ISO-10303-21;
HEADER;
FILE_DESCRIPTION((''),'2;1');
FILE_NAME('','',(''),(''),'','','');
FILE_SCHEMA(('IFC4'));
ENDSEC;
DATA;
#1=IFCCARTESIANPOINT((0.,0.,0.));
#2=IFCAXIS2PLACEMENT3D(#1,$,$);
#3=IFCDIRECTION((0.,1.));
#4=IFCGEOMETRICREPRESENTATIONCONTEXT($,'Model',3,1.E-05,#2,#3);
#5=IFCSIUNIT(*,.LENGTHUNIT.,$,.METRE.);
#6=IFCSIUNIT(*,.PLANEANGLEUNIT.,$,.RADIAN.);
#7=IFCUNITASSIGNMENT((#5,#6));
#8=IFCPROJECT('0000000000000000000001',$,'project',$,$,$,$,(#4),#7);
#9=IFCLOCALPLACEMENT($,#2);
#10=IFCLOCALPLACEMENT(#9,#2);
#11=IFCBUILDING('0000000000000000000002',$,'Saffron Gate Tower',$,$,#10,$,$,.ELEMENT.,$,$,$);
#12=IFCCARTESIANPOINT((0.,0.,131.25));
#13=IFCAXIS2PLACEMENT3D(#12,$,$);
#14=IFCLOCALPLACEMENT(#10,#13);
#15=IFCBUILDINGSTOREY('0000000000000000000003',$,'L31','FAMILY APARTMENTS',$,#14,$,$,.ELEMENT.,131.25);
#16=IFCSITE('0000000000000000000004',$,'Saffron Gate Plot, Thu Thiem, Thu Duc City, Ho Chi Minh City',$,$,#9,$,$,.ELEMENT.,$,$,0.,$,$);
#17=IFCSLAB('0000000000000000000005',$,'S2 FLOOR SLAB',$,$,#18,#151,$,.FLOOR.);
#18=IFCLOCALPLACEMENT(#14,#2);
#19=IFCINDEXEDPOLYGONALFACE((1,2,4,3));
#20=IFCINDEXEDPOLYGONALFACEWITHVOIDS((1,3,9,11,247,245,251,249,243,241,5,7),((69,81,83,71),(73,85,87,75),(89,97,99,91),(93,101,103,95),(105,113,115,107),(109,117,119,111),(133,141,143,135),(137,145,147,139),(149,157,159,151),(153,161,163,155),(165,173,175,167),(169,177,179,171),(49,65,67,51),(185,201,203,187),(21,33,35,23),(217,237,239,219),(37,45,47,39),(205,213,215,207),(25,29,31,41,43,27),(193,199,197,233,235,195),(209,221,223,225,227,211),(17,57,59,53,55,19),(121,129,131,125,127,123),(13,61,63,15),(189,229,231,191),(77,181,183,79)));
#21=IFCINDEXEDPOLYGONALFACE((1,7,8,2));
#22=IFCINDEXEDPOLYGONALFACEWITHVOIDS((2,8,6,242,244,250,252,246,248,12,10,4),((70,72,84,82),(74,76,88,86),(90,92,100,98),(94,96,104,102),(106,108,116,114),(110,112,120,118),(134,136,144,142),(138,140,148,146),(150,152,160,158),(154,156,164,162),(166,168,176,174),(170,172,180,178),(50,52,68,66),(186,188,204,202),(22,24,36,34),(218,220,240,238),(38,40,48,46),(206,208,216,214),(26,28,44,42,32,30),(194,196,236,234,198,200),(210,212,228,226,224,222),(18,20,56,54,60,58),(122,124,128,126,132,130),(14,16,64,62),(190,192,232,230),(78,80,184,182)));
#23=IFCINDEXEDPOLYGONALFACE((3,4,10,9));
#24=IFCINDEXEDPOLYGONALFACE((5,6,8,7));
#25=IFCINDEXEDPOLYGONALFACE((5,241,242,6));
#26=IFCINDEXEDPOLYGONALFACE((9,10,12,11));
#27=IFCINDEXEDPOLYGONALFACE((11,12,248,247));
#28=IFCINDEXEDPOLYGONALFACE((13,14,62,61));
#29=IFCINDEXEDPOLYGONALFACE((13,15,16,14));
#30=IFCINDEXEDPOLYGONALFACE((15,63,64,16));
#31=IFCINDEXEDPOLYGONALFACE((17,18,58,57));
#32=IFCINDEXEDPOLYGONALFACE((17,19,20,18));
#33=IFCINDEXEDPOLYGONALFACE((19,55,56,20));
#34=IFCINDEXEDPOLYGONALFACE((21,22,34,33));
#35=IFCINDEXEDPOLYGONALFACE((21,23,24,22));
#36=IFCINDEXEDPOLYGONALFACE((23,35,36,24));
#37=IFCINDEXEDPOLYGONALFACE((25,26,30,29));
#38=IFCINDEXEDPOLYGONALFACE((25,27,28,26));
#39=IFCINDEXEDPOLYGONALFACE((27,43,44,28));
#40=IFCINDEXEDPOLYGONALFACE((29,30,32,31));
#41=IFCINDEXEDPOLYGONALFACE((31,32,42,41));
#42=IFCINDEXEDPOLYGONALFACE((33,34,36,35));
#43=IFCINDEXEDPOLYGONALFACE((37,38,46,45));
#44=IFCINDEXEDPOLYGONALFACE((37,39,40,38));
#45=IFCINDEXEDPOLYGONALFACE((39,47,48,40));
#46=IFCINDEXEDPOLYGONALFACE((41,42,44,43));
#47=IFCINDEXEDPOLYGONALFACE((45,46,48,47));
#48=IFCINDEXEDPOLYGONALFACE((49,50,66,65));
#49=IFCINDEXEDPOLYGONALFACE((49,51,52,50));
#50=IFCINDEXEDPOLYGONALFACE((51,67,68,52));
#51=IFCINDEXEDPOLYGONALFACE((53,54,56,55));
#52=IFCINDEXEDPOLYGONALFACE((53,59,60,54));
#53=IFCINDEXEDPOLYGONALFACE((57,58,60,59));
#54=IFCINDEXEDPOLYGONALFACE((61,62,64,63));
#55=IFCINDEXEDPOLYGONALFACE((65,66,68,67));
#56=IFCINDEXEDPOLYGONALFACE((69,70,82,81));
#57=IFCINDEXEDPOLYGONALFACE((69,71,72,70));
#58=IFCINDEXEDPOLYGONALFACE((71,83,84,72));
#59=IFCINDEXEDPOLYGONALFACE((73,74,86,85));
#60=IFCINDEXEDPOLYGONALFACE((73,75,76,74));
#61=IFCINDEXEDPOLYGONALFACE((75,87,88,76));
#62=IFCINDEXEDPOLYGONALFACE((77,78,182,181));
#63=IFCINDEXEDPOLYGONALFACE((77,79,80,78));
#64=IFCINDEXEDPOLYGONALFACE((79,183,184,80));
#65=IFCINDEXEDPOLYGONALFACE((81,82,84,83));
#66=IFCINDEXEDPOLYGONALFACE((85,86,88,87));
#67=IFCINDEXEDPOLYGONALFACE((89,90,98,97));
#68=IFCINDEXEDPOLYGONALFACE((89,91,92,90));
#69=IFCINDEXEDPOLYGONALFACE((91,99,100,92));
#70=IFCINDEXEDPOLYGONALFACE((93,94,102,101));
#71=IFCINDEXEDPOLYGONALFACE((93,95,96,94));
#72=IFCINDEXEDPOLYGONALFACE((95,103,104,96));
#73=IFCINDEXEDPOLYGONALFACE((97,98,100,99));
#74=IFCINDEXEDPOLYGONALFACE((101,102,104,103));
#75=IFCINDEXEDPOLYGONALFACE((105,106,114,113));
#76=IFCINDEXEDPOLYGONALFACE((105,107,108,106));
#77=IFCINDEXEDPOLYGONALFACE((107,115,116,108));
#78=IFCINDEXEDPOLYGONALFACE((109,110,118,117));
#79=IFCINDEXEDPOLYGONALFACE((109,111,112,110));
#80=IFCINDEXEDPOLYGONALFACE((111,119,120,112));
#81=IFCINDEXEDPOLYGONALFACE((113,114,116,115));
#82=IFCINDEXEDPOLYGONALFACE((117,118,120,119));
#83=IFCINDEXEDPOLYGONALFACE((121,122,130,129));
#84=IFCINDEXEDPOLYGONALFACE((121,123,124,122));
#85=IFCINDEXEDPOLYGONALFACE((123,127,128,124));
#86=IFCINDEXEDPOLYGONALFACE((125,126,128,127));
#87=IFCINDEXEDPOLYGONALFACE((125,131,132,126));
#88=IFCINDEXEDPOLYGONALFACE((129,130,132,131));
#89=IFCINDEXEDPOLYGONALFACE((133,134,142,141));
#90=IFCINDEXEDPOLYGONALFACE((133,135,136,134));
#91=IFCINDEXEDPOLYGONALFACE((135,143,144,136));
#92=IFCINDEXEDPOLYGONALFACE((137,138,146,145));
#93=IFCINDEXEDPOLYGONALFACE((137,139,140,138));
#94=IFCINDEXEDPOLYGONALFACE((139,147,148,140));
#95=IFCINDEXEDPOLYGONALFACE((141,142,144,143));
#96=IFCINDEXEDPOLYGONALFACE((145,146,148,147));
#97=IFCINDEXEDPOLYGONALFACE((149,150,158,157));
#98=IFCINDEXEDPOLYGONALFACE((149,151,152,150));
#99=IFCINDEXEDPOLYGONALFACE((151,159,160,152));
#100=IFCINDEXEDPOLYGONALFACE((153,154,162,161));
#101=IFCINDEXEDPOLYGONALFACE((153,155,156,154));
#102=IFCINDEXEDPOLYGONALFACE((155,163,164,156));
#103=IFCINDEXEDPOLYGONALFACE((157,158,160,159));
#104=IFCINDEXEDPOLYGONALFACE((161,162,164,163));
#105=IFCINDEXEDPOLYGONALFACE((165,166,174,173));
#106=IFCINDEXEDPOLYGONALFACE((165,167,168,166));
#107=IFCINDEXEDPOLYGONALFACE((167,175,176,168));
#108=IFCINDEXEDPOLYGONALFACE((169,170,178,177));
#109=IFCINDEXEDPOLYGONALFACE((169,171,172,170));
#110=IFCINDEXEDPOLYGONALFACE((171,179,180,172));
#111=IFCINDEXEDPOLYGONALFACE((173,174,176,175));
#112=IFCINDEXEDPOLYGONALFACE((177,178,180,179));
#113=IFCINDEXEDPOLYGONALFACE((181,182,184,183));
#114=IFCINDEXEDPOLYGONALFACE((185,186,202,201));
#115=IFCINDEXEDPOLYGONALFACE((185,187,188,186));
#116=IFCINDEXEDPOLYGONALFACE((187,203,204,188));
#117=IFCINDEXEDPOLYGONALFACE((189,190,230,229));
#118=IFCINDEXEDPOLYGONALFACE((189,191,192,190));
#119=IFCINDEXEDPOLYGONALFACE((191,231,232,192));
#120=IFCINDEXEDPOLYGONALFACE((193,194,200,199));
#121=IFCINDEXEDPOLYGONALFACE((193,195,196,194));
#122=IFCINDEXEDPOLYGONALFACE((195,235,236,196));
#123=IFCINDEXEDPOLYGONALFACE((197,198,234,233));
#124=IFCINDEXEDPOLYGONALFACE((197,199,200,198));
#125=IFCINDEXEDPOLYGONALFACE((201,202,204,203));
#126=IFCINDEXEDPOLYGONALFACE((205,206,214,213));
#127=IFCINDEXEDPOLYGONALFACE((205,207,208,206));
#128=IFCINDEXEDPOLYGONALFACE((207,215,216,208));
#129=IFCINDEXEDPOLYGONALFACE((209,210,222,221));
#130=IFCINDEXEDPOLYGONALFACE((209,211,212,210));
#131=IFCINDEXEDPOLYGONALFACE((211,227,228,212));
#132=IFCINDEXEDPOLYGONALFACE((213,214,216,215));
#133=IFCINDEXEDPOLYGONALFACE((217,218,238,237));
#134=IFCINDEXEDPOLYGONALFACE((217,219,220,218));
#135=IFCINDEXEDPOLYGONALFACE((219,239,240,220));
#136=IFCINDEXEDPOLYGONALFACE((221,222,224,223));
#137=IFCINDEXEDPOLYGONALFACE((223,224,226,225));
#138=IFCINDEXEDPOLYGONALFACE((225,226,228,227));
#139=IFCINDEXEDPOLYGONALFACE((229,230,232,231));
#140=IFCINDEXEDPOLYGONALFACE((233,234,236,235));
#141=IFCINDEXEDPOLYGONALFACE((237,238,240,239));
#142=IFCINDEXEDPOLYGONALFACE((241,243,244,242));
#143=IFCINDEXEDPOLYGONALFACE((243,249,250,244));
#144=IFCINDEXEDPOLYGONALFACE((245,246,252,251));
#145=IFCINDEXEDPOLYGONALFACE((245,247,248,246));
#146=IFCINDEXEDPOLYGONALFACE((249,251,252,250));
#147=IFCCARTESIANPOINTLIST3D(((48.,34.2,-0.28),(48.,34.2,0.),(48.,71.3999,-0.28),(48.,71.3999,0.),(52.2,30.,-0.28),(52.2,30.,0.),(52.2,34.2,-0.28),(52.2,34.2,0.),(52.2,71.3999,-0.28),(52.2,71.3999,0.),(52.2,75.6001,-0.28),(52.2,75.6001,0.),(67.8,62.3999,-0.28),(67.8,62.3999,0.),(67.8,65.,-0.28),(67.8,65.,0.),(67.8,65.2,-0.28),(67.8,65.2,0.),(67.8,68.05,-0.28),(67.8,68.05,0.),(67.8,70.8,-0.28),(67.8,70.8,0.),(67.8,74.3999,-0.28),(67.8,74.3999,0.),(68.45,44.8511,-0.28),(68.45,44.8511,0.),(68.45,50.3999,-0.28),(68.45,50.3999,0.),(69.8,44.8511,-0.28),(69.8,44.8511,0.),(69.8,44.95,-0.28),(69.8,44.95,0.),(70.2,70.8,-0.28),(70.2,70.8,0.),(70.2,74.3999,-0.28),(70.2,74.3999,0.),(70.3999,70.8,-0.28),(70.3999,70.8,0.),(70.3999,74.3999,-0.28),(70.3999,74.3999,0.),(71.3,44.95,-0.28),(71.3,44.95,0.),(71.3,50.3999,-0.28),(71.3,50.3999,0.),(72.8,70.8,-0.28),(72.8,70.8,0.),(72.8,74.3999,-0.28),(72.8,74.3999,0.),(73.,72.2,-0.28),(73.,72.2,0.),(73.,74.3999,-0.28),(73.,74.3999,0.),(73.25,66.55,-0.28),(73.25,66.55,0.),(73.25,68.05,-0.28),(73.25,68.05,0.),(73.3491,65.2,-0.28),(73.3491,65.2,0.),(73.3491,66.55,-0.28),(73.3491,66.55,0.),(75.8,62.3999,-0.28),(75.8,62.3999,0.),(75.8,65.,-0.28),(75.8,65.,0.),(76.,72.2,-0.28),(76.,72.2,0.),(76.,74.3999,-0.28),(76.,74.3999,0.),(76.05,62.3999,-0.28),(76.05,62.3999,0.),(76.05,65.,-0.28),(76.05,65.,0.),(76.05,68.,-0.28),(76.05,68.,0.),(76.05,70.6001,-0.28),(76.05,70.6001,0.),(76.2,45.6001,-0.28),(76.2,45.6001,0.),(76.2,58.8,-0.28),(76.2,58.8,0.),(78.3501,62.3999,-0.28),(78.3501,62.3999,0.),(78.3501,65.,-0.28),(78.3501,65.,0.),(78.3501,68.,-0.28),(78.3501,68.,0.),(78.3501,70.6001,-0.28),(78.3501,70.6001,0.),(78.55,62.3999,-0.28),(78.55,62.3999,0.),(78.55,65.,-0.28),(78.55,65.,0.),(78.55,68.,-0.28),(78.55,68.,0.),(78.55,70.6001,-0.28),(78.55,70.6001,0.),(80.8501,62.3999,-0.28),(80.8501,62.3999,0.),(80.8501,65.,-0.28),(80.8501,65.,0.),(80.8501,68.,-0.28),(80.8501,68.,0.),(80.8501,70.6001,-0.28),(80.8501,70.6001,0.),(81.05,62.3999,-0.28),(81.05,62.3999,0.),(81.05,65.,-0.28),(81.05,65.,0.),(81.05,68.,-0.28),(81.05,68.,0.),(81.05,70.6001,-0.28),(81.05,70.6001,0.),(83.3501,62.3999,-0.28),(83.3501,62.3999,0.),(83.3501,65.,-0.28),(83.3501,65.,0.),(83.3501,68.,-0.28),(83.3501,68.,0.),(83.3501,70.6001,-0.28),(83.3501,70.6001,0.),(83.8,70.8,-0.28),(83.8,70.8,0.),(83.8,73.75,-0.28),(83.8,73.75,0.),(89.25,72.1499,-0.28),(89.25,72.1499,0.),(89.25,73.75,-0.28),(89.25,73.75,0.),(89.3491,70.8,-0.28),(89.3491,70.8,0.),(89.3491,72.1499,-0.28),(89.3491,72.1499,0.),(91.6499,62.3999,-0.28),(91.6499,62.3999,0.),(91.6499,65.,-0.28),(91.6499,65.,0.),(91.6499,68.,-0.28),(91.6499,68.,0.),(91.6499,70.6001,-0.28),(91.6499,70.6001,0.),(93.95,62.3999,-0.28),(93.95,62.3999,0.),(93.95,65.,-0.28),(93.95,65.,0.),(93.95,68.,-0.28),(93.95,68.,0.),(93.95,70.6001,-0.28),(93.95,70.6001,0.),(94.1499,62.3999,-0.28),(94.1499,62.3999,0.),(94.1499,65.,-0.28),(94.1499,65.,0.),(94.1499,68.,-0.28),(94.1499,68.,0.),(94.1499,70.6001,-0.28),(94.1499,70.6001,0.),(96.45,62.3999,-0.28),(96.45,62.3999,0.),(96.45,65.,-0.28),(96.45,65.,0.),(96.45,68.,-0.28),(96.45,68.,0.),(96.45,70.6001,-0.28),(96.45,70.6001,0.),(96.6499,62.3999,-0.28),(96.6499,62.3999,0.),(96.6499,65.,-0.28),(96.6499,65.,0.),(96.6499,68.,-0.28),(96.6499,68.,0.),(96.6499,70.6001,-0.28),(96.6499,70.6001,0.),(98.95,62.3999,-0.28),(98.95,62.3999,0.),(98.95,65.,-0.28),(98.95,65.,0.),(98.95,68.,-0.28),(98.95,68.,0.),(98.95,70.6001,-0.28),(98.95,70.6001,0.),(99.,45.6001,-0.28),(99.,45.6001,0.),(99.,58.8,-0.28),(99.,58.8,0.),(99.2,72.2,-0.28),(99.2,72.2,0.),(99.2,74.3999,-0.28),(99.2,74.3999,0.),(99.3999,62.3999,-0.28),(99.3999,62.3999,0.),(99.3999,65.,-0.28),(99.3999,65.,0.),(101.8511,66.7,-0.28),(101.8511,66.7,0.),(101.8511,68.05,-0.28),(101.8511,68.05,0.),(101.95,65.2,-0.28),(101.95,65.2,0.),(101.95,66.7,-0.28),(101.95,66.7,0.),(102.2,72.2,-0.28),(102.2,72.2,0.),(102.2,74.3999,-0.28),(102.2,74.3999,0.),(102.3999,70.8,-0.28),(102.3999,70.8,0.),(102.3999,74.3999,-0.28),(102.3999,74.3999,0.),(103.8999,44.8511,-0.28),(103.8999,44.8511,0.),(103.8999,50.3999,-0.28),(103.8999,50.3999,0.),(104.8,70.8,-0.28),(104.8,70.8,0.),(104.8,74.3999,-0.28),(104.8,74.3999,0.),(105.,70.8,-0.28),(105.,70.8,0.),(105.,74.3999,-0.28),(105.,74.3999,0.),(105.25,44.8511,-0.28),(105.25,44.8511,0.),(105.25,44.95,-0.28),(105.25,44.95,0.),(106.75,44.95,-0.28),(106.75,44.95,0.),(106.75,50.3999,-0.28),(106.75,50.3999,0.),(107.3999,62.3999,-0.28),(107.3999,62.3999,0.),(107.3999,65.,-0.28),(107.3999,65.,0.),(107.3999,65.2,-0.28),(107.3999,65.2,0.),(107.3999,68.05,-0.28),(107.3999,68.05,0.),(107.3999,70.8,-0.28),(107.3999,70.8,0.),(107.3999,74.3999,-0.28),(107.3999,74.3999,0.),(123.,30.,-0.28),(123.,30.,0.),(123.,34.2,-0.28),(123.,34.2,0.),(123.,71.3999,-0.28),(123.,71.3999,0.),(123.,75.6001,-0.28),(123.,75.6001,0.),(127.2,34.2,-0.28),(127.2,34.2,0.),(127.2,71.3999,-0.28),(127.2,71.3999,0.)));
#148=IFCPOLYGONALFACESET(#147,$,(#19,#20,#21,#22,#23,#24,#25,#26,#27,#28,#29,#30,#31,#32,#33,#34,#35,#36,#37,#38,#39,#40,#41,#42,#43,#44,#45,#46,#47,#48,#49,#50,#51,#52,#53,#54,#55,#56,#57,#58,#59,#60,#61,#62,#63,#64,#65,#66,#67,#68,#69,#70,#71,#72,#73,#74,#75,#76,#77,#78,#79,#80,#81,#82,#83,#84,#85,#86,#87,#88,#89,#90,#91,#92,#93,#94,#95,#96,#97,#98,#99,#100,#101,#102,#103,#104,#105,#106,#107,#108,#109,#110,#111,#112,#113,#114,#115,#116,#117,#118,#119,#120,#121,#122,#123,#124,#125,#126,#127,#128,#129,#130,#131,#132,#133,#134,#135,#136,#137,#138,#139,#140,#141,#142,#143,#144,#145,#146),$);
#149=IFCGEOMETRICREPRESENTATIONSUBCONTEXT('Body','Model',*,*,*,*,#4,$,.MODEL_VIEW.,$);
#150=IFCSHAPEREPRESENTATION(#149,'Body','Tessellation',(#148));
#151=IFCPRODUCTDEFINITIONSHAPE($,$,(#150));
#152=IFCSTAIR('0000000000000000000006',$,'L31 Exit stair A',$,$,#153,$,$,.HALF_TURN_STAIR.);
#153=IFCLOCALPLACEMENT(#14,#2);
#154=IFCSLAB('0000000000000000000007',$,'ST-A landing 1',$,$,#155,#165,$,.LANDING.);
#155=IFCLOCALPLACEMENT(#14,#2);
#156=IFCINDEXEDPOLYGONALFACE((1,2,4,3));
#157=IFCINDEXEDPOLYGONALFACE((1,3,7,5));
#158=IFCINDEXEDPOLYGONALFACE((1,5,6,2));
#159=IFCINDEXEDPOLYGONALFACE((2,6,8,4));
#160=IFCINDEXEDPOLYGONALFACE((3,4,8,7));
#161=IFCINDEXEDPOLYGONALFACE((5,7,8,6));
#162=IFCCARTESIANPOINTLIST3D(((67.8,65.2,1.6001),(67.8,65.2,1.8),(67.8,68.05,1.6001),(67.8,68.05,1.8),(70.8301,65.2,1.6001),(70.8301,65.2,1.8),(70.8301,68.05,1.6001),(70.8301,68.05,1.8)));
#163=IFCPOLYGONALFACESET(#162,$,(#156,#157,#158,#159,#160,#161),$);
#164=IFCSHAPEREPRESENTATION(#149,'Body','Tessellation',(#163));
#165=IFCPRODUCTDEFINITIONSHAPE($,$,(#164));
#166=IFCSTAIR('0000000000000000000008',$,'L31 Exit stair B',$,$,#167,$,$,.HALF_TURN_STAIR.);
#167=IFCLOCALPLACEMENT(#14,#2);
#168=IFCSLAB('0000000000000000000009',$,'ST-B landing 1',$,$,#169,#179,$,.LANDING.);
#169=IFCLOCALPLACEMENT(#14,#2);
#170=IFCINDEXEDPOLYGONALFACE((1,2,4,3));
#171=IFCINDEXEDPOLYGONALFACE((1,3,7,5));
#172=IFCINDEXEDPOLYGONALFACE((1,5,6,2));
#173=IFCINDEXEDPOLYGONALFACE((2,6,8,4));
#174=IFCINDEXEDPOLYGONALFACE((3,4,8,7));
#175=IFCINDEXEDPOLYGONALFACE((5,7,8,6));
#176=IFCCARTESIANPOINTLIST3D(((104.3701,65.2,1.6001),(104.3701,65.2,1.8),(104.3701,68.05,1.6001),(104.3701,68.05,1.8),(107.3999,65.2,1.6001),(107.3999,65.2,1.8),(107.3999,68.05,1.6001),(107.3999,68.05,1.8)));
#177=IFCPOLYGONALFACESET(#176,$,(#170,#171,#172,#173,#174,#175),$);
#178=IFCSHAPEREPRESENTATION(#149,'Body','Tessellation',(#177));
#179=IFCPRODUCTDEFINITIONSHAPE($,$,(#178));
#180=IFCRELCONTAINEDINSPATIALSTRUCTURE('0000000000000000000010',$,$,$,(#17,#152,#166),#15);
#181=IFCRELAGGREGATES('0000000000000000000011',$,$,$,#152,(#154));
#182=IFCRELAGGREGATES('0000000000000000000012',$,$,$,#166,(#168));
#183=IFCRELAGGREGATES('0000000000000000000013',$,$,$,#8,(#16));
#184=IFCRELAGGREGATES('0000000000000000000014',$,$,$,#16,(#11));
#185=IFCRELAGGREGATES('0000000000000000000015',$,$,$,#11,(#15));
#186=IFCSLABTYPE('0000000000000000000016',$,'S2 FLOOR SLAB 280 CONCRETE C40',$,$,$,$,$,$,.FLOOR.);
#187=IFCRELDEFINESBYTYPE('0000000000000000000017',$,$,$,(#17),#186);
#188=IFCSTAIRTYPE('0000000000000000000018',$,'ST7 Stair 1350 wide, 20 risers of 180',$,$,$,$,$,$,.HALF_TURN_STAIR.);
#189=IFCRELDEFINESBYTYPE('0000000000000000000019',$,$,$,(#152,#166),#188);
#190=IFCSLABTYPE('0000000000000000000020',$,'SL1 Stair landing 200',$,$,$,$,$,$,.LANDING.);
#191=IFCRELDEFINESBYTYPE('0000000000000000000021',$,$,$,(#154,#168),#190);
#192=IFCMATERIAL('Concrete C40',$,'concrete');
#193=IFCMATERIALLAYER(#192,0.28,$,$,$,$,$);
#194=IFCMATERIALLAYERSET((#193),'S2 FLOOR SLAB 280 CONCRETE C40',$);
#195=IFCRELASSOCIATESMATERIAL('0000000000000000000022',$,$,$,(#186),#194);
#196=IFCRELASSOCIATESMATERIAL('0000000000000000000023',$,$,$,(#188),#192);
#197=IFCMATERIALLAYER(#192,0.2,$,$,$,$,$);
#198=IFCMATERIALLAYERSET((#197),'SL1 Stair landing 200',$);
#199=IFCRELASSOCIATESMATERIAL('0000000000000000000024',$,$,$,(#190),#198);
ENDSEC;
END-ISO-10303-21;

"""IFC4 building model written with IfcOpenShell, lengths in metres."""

from ifc_helpers import new_model, si_unit, direction, frame, origin, place, context, subcontext, project, spatial, polyline, outline, extrude, material, layer, layer_set, type_object, element, aggregate, save


model = new_model("IFC4")

# Units and contexts
model_context = context("Model", 3, precision=1e-05, world=origin(), true_north=direction((0.0, 1.0)))
body_context = subcontext(model_context, "Body", "Model", "MODEL_VIEW")
ifc_project = project(units=[si_unit("LENGTHUNIT", "METRE"), si_unit("PLANEANGLEUNIT", "RADIAN")], contexts=[model_context])

# Site, building, storey
site_placement = place(None, origin())
site = spatial("IfcSite", under=ifc_project, at=site_placement, Name="Saffron Gate Plot, Thu Thiem, Thu Duc City, Ho Chi Minh City", CompositionType="ELEMENT", RefElevation=0.0)
building_placement = place(site_placement, origin())
building = spatial("IfcBuilding", under=site, at=building_placement, Name="Saffron Gate Tower", CompositionType="ELEMENT")
storey_placement = place(building_placement, frame((0.0, 0.0, 131.25)))
storey = spatial("IfcBuildingStorey", under=building, at=storey_placement, Name="L31", Description="FAMILY APARTMENTS", CompositionType="ELEMENT", Elevation=131.25)

# Slab
ifc_material_1 = material(Name="Concrete C40", Category="concrete")
ifc_layer_1 = layer(ifc_material_1, 0.28)
ifc_layer_set_1 = layer_set([ifc_layer_1], Name="S2 FLOOR SLAB 280 CONCRETE C40")
slab_type_1 = type_object("IfcSlabType", Name="S2 FLOOR SLAB 280 CONCRETE C40", PredefinedType="FLOOR", material=ifc_layer_set_1)
slab_1_placement = place(storey_placement, frame((0.0, 0.0, -0.28)))
element("IfcSlab", 1, at=slab_1_placement, inside=storey, type_object=slab_type_1, Name="S2 FLOOR SLAB", PredefinedType="FLOOR", context=body_context, shape_type="SweptSolid", body=[
    extrude(outline(polyline([(48.0, 34.2), (52.2, 34.2), (52.2, 30.0), (123.0, 30.0), (123.0, 34.2), (127.2, 34.2), (127.2, 71.3999), (123.0, 71.3999), (123.0, 75.6001), (52.2, 75.6001), (52.2, 71.3999), (48.0, 71.3999), (48.0, 34.2)]), holes=[polyline([(67.8, 62.3999), (67.8, 65.0), (75.8, 65.0), (75.8, 62.3999), (67.8, 62.3999)]), polyline([(67.8, 65.2), (67.8, 68.05), (73.25, 68.05), (73.25, 66.55), (73.3491, 66.55), (73.3491, 65.2), (67.8, 65.2)]), polyline([(67.8, 70.8), (67.8, 74.3999), (70.2, 74.3999), (70.2, 70.8), (67.8, 70.8)]), polyline([(68.45, 44.8511), (68.45, 50.3999), (71.3, 50.3999), (71.3, 44.95), (69.8, 44.95), (69.8, 44.8511), (68.45, 44.8511)]), polyline([(70.3999, 70.8), (70.3999, 74.3999), (72.8, 74.3999), (72.8, 70.8), (70.3999, 70.8)]), polyline([(73.0, 72.2), (73.0, 74.3999), (76.0, 74.3999), (76.0, 72.2), (73.0, 72.2)]), polyline([(76.05, 62.3999), (76.05, 65.0), (78.3501, 65.0), (78.3501, 62.3999), (76.05, 62.3999)]), polyline([(76.05, 68.0), (76.05, 70.6001), (78.3501, 70.6001), (78.3501, 68.0), (76.05, 68.0)]), polyline([(76.2, 45.6001), (76.2, 58.8), (99.0, 58.8), (99.0, 45.6001), (76.2, 45.6001)]), polyline([(78.55, 62.3999), (78.55, 65.0), (80.8501, 65.0), (80.8501, 62.3999), (78.55, 62.3999)]), polyline([(78.55, 68.0), (78.55, 70.6001), (80.8501, 70.6001), (80.8501, 68.0), (78.55, 68.0)]), polyline([(81.05, 62.3999), (81.05, 65.0), (83.3501, 65.0), (83.3501, 62.3999), (81.05, 62.3999)]), polyline([(81.05, 68.0), (81.05, 70.6001), (83.3501, 70.6001), (83.3501, 68.0), (81.05, 68.0)]), polyline([(83.8, 70.8), (83.8, 73.75), (89.25, 73.75), (89.25, 72.1499), (89.3491, 72.1499), (89.3491, 70.8), (83.8, 70.8)]), polyline([(91.6499, 62.3999), (91.6499, 65.0), (93.95, 65.0), (93.95, 62.3999), (91.6499, 62.3999)]), polyline([(91.6499, 68.0), (91.6499, 70.6001), (93.95, 70.6001), (93.95, 68.0), (91.6499, 68.0)]), polyline([(94.1499, 62.3999), (94.1499, 65.0), (96.45, 65.0), (96.45, 62.3999), (94.1499, 62.3999)]), polyline([(94.1499, 68.0), (94.1499, 70.6001), (96.45, 70.6001), (96.45, 68.0), (94.1499, 68.0)]), polyline([(96.6499, 62.3999), (96.6499, 65.0), (98.95, 65.0), (98.95, 62.3999), (96.6499, 62.3999)]), polyline([(96.6499, 68.0), (96.6499, 70.6001), (98.95, 70.6001), (98.95, 68.0), (96.6499, 68.0)]), polyline([(99.2, 72.2), (99.2, 74.3999), (102.2, 74.3999), (102.2, 72.2), (99.2, 72.2)]), polyline([(99.3999, 62.3999), (99.3999, 65.0), (107.3999, 65.0), (107.3999, 62.3999), (99.3999, 62.3999)]), polyline([(101.8511, 66.7), (101.8511, 68.05), (107.3999, 68.05), (107.3999, 65.2), (101.95, 65.2), (101.95, 66.7), (101.8511, 66.7)]), polyline([(102.3999, 70.8), (102.3999, 74.3999), (104.8, 74.3999), (104.8, 70.8), (102.3999, 70.8)]), polyline([(103.8999, 44.8511), (103.8999, 50.3999), (106.75, 50.3999), (106.75, 44.95), (105.25, 44.95), (105.25, 44.8511), (103.8999, 44.8511)]), polyline([(105.0, 70.8), (105.0, 74.3999), (107.3999, 74.3999), (107.3999, 70.8), (105.0, 70.8)])]), origin(), (0.0, 0.0, 1.0), 0.28),
])

# Stairs, slabs
stair_type = type_object("IfcStairType", Name="ST7 Stair 1350 wide, 20 risers of 180", PredefinedType="HALF_TURN_STAIR", material=ifc_material_1)
stair_1_placement = place(storey_placement, origin())
stair_1 = element("IfcStair", 2, at=stair_1_placement, inside=storey, type_object=stair_type, Name="L31 Exit stair A", PredefinedType="HALF_TURN_STAIR")
ifc_layer_2 = layer(ifc_material_1, 0.2)
ifc_layer_set_2 = layer_set([ifc_layer_2], Name="SL1 Stair landing 200")
slab_type_2 = type_object("IfcSlabType", Name="SL1 Stair landing 200", PredefinedType="LANDING", material=ifc_layer_set_2)
slab_2_placement = place(storey_placement, frame((0.0, 0.0, 1.6001)))
slab_2 = element("IfcSlab", 3, at=slab_2_placement, type_object=slab_type_2, Name="ST-A landing 1", PredefinedType="LANDING", context=body_context, shape_type="SweptSolid", body=[
    extrude(outline(polyline([(70.8301, 68.05), (67.8, 68.05), (67.8, 65.2), (70.8301, 65.2), (70.8301, 68.05)])), origin(), (0.0, 0.0, 1.0), 0.2),
])
aggregate(stair_1, [slab_2])
stair_2_placement = place(storey_placement, origin())
stair_2 = element("IfcStair", 4, at=stair_2_placement, inside=storey, type_object=stair_type, Name="L31 Exit stair B", PredefinedType="HALF_TURN_STAIR")
slab_3_placement = place(storey_placement, frame((0.0, 0.0, 1.6001)))
slab_3 = element("IfcSlab", 5, at=slab_3_placement, type_object=slab_type_2, Name="ST-B landing 1", PredefinedType="LANDING", context=body_context, shape_type="SweptSolid", body=[
    extrude(outline(polyline([(104.3701, 65.2), (107.3999, 65.2), (107.3999, 68.05), (104.3701, 68.05), (104.3701, 65.2)])), origin(), (0.0, 0.0, 1.0), 0.2),
])
aggregate(stair_2, [slab_3])

save(model, "model.ifc")
